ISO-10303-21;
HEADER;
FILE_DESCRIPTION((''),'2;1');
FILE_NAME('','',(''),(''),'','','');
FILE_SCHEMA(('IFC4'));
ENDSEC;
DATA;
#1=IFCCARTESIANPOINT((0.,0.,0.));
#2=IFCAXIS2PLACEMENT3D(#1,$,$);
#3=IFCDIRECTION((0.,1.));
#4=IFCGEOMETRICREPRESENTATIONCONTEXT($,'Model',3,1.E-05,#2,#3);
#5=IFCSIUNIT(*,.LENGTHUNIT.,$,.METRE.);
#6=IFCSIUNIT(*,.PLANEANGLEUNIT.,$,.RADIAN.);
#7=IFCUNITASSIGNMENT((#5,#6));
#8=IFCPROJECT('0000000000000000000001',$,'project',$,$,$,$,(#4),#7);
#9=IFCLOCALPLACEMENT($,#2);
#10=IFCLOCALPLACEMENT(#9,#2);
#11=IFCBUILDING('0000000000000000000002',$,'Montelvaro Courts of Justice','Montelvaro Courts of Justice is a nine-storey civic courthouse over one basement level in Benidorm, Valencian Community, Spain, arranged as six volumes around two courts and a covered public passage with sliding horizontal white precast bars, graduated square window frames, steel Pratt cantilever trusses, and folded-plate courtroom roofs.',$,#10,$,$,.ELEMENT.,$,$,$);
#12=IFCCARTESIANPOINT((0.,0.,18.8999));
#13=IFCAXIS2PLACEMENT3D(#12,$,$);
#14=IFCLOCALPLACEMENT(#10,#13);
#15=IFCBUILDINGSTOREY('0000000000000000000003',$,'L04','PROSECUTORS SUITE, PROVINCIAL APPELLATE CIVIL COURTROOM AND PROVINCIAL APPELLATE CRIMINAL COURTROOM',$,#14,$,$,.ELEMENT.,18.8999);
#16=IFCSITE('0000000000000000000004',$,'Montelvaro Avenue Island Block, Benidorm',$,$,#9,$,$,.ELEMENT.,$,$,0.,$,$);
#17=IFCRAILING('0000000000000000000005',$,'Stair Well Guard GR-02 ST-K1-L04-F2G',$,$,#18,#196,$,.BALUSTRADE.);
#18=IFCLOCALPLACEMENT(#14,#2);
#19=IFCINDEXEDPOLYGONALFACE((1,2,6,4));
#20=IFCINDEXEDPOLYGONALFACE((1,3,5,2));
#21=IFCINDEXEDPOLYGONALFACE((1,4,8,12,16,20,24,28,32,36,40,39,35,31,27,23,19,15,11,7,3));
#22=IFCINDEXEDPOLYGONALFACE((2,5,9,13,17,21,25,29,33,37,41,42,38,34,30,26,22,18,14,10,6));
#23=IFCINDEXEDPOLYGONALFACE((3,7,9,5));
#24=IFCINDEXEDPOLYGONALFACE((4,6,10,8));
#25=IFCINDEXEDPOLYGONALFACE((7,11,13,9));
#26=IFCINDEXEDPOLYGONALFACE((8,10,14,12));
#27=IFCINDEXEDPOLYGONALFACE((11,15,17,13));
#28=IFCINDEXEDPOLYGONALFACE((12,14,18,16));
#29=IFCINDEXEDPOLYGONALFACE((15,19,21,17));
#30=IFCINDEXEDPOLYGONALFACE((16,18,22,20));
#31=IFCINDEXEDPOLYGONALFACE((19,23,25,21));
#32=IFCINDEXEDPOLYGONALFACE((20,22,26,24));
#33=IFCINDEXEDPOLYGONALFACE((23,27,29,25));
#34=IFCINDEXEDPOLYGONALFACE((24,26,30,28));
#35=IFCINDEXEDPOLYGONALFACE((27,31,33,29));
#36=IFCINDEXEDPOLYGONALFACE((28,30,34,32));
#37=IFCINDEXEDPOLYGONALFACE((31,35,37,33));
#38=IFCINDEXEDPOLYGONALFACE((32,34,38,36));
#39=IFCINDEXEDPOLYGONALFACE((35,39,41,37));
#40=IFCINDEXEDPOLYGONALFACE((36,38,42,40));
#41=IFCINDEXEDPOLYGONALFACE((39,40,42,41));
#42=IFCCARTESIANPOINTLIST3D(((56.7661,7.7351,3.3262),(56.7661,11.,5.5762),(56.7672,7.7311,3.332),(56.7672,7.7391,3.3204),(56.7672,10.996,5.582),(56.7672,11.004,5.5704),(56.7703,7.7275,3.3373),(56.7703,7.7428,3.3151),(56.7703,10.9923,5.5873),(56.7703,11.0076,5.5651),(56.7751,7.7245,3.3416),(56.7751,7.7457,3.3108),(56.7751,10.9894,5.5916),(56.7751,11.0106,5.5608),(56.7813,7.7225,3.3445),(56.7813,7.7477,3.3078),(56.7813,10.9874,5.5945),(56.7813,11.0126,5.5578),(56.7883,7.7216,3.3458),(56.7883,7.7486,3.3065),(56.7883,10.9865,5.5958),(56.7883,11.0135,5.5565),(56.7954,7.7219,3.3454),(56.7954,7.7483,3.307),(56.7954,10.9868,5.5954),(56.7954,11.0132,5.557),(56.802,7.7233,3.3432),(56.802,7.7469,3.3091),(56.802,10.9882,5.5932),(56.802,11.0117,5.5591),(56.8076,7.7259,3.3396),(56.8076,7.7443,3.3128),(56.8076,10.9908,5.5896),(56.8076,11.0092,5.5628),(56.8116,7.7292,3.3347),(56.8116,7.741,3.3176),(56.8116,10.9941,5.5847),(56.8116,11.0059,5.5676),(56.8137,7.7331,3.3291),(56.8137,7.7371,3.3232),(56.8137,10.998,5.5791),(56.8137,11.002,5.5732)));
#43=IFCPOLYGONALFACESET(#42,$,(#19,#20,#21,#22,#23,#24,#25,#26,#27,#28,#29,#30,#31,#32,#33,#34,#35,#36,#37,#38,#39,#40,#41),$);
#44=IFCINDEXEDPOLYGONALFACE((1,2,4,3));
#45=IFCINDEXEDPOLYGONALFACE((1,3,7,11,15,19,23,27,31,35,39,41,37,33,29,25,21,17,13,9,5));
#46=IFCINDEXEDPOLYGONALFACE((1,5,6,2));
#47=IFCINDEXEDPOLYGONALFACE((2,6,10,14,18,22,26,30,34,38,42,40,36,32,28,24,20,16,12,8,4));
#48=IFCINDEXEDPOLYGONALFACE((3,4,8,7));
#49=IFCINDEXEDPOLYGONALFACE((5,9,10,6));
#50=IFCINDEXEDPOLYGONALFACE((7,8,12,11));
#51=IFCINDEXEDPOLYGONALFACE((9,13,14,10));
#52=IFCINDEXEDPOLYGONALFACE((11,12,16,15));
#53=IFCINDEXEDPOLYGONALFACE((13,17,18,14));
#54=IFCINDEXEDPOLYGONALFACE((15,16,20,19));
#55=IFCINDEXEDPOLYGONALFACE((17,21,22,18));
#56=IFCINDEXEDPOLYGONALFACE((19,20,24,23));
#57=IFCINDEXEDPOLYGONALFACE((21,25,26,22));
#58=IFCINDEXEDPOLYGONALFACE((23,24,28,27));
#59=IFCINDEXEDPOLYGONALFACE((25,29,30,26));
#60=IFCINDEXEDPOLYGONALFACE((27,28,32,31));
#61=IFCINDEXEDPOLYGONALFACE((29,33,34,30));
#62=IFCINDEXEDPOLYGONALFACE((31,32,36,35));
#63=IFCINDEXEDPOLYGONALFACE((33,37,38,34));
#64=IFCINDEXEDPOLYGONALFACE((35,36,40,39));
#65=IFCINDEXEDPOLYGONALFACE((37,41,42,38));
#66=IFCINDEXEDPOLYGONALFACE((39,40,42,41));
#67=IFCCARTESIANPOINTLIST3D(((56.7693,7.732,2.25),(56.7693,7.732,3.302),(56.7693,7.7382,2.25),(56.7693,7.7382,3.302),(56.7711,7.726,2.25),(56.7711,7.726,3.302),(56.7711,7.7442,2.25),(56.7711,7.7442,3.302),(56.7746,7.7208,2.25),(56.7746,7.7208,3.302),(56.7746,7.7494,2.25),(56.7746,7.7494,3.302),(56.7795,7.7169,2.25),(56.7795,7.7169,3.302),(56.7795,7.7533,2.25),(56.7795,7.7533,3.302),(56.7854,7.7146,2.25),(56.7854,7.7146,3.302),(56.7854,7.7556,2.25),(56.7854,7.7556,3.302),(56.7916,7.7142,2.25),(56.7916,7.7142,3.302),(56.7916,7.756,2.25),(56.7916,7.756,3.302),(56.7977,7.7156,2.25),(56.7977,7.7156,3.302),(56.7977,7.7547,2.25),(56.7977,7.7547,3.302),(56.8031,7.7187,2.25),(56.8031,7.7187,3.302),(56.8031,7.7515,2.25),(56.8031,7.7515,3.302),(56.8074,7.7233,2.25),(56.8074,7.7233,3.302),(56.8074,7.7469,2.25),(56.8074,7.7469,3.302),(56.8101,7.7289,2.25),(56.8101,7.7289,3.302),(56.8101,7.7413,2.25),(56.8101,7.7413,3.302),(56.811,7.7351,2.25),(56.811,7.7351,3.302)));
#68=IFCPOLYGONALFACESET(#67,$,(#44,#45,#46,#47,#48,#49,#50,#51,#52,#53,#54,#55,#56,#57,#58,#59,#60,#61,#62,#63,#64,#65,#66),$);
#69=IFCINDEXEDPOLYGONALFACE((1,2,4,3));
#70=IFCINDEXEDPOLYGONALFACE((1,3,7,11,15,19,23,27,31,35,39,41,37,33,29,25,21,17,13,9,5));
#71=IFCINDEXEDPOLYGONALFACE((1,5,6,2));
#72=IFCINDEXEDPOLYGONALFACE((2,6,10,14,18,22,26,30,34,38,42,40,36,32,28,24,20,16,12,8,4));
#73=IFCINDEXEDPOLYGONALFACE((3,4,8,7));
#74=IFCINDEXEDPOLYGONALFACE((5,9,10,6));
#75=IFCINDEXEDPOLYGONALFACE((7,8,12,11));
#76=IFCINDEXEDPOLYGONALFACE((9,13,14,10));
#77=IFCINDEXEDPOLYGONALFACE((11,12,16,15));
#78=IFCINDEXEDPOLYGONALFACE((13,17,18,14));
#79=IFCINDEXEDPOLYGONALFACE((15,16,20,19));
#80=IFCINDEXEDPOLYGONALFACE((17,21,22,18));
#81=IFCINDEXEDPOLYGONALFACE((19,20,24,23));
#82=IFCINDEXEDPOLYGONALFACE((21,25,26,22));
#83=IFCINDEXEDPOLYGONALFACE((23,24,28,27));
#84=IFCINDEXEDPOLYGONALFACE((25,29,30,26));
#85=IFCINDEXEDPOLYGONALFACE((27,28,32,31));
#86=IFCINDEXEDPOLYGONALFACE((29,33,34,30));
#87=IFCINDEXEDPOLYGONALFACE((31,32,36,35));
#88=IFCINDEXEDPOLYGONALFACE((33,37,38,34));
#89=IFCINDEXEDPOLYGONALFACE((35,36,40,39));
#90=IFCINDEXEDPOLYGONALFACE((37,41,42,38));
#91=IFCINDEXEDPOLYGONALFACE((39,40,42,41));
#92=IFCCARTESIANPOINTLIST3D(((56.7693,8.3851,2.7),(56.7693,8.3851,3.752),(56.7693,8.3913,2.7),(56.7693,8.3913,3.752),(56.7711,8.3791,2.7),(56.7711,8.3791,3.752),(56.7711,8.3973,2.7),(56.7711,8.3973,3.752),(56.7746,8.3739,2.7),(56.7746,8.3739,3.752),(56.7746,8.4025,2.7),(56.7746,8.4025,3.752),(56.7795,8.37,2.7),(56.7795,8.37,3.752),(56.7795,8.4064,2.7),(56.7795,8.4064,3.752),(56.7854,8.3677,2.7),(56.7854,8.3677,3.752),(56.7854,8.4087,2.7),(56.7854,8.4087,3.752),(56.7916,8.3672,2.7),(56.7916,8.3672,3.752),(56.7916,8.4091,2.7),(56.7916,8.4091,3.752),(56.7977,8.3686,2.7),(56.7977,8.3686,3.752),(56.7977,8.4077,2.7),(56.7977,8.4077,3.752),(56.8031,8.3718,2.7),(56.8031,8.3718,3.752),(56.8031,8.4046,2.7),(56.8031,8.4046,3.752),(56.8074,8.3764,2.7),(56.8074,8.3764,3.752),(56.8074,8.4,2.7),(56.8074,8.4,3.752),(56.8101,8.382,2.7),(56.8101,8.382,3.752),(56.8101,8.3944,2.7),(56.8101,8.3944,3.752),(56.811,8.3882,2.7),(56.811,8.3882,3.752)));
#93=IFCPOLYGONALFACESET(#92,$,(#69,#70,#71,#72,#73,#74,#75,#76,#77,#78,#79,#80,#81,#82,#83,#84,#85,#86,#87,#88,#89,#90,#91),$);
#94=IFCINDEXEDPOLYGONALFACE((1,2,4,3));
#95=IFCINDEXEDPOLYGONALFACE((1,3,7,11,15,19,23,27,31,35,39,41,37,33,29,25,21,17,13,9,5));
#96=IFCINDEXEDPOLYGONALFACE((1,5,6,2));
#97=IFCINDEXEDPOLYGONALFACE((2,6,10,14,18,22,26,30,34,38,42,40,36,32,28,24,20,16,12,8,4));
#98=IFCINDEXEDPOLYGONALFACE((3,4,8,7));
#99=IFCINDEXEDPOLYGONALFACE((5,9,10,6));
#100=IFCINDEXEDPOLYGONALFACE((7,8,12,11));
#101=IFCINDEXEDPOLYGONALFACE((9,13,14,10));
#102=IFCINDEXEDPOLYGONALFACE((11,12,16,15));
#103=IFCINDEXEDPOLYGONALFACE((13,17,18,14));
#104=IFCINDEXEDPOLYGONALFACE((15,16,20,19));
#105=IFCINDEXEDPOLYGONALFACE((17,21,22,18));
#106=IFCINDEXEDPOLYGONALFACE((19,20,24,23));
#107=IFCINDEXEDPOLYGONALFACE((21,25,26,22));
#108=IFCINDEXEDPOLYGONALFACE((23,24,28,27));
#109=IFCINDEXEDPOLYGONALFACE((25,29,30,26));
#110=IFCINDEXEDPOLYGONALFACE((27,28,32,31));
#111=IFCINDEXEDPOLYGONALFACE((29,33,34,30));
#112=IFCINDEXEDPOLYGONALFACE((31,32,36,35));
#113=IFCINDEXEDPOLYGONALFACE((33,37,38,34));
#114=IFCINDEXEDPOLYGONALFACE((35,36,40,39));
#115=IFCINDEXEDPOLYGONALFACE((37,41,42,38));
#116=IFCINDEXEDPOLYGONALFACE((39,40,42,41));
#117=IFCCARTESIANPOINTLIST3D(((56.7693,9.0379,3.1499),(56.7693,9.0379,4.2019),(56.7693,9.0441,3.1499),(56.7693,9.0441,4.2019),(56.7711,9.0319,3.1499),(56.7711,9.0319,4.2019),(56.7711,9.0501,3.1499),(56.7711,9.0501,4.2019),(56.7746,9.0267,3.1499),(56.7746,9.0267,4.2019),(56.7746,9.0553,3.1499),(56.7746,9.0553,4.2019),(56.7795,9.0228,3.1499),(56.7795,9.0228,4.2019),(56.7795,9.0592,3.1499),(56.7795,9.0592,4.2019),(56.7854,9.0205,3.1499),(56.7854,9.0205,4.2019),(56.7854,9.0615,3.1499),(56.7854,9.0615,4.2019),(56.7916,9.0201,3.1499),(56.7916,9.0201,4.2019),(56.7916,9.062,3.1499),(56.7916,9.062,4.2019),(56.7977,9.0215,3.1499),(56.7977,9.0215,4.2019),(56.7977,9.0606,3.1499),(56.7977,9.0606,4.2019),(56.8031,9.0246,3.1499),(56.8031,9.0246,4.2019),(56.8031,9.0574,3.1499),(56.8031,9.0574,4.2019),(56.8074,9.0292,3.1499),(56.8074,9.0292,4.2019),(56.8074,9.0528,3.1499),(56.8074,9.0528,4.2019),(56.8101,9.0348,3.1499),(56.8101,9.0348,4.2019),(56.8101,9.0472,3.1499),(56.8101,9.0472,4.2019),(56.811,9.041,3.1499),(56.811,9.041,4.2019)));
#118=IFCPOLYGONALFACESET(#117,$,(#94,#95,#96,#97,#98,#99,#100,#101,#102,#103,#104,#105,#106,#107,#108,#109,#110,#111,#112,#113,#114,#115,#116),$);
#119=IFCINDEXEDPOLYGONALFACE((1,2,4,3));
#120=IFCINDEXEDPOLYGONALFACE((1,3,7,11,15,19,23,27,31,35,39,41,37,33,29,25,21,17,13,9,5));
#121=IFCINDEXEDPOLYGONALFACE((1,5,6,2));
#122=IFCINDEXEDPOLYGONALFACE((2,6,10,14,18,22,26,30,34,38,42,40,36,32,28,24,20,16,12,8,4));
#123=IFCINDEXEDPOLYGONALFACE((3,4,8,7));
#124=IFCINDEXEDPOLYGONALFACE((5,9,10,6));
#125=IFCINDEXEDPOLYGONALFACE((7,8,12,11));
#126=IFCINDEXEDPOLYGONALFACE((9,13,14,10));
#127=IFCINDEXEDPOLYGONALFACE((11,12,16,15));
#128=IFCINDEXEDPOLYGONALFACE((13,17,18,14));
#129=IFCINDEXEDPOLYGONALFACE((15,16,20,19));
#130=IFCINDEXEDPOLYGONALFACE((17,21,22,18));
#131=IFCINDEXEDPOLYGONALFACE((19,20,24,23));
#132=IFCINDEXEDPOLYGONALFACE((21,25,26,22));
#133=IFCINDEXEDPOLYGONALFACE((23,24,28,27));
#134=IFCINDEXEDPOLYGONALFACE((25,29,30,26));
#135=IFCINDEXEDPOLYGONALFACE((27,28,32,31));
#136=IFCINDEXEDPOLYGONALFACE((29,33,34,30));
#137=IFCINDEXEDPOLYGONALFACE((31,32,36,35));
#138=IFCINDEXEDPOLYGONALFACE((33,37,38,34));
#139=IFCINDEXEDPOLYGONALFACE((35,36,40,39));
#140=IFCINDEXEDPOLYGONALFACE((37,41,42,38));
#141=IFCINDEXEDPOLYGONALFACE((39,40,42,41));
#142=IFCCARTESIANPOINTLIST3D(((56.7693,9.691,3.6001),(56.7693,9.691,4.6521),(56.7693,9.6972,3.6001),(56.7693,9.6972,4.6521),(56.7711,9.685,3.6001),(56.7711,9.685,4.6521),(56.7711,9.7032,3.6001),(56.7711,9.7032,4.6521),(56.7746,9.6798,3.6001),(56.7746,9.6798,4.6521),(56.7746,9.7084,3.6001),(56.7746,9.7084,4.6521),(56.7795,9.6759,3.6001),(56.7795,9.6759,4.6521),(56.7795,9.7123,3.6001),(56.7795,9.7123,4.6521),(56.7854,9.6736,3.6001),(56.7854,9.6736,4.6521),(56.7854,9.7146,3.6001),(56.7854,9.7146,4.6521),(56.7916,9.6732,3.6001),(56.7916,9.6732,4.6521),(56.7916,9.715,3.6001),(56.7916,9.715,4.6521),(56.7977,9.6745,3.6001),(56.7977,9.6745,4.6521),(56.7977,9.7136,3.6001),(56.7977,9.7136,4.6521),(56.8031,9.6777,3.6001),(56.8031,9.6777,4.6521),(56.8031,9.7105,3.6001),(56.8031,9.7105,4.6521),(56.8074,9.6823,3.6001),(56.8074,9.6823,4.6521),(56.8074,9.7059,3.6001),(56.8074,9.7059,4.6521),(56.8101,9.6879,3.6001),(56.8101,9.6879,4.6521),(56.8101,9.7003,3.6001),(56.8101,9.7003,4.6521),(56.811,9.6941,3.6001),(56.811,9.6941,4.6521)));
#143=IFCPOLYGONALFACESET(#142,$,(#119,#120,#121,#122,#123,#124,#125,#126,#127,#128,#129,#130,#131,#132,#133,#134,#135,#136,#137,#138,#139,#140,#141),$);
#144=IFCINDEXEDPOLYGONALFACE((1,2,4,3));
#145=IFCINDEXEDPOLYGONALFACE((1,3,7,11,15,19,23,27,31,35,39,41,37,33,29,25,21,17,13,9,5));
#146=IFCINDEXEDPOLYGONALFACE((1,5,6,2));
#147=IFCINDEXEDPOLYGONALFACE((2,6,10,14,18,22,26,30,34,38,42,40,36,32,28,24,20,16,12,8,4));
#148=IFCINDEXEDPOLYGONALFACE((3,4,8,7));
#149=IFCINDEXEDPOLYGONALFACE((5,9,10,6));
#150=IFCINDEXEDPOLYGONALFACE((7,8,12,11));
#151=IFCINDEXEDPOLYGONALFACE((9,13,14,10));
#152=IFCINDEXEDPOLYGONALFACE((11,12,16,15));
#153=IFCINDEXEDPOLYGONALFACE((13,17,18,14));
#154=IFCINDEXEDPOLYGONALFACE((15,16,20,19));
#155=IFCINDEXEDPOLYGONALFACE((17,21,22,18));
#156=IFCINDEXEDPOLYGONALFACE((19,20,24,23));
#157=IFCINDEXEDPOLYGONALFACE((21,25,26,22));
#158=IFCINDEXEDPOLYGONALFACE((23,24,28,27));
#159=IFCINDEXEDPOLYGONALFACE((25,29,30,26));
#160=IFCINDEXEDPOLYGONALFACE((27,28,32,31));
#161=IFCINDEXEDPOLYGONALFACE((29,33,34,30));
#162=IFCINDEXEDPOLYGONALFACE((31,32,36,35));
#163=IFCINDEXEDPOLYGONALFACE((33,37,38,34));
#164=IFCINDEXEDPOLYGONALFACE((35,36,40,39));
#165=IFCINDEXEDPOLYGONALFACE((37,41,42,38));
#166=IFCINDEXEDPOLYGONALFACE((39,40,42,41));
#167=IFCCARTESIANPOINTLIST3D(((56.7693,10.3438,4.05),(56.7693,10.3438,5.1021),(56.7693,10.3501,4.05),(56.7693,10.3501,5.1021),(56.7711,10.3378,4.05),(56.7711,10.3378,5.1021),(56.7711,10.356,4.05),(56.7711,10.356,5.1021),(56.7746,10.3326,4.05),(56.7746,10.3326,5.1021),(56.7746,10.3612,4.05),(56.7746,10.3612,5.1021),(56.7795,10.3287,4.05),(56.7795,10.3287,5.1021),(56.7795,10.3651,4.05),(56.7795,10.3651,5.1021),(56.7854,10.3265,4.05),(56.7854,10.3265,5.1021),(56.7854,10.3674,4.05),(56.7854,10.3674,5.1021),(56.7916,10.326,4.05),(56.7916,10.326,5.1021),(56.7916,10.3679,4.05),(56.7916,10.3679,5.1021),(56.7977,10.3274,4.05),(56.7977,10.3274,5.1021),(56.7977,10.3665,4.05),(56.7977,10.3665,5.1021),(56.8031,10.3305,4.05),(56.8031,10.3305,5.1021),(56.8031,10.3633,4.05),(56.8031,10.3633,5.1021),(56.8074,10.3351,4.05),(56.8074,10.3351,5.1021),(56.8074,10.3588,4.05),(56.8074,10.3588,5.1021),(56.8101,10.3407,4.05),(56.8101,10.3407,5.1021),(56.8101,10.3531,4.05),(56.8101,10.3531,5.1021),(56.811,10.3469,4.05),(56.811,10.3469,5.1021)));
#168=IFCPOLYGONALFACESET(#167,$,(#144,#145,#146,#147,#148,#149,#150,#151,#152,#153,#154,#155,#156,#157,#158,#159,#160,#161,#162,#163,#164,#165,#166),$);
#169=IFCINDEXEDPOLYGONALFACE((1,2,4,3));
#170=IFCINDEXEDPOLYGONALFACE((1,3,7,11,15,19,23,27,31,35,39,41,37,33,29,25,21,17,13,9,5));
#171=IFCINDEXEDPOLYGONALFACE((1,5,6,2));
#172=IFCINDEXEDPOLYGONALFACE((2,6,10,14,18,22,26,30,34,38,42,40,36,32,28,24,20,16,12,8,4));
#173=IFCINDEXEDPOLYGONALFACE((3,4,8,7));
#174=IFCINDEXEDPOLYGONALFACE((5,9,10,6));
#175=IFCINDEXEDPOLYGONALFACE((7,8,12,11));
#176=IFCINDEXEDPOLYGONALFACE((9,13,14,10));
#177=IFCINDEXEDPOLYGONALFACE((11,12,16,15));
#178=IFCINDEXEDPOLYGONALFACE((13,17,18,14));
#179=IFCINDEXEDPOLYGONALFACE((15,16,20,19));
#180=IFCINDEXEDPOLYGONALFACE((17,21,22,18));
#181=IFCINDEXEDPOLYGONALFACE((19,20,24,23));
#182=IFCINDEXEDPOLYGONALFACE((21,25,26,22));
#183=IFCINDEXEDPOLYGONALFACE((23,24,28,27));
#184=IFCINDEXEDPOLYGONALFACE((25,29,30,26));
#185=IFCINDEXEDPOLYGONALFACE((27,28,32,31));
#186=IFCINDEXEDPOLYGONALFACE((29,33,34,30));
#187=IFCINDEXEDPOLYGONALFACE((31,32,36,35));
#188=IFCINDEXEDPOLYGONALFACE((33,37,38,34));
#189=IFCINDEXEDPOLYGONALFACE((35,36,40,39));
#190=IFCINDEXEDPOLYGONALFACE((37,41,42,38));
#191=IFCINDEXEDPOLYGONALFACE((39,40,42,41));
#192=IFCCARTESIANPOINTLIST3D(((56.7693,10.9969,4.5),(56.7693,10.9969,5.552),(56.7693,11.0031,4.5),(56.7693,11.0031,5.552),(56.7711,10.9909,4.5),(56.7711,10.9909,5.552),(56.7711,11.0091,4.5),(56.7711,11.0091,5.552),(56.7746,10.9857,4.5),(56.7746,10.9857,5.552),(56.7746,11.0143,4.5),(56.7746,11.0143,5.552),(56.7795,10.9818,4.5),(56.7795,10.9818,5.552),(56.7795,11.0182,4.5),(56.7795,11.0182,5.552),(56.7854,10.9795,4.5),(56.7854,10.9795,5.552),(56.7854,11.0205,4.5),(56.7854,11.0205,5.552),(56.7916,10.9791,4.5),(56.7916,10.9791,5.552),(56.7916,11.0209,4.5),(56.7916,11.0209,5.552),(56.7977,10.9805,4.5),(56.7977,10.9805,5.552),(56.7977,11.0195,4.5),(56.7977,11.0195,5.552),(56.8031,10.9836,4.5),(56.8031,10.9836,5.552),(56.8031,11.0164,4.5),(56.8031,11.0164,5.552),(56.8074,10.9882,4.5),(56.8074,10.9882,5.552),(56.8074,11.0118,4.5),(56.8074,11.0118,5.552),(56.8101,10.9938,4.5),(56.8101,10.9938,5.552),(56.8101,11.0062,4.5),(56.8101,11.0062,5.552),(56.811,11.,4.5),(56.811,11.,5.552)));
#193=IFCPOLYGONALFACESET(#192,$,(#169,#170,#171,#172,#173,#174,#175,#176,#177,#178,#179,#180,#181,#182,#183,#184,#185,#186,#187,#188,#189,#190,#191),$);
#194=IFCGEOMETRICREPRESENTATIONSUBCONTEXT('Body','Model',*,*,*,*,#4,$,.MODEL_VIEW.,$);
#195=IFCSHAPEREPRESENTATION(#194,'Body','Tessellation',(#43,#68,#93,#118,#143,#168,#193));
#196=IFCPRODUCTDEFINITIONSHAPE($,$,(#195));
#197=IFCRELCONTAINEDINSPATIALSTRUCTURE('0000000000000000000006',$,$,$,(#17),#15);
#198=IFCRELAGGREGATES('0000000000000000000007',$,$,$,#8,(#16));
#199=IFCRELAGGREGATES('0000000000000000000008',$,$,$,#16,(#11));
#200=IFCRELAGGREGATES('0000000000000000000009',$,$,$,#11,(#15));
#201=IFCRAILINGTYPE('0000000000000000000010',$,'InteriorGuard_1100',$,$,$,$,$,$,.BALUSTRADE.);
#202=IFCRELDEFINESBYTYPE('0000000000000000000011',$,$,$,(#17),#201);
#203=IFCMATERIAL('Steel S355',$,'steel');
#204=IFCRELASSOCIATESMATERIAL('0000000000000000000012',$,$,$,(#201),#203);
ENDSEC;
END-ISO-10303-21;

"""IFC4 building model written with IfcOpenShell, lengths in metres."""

from ifc_helpers import new_model, si_unit, direction, frame, origin, origin_2d, place, context, subcontext, project, spatial, circle, extrude, material, type_object, element, save


model = new_model("IFC4")

# Units and contexts
model_context = context("Model", 3, precision=1e-05, world=origin(), true_north=direction((0.0, 1.0)))
body_context = subcontext(model_context, "Body", "Model", "MODEL_VIEW")
ifc_project = project(units=[si_unit("LENGTHUNIT", "METRE"), si_unit("PLANEANGLEUNIT", "RADIAN")], contexts=[model_context])

# Site, building, storey
site_placement = place(None, origin())
site = spatial("IfcSite", under=ifc_project, at=site_placement, Name="Montelvaro Avenue Island Block, Benidorm", CompositionType="ELEMENT", RefElevation=0.0)
building_placement = place(site_placement, origin())
building = spatial("IfcBuilding", under=site, at=building_placement, Name="Montelvaro Courts of Justice", Description="Montelvaro Courts of Justice is a nine-storey civic courthouse over one basement level in Benidorm, Valencian Community, Spain, arranged as six volumes around two courts and a covered public passage with sliding horizontal white precast bars, graduated square window frames, steel Pratt cantilever trusses, and folded-plate courtroom roofs.", CompositionType="ELEMENT")
storey_placement = place(building_placement, frame((0.0, 0.0, 18.8999)))
storey = spatial("IfcBuildingStorey", under=building, at=storey_placement, Name="L04", Description="PROSECUTORS SUITE, PROVINCIAL APPELLATE CIVIL COURTROOM AND PROVINCIAL APPELLATE CRIMINAL COURTROOM", CompositionType="ELEMENT", Elevation=18.8999)

# Shared definitions
ifc_material_1 = material(Name="Steel S355", Category="steel")

# Railing
railing_type_1 = type_object("IfcRailingType", Name="InteriorGuard_1100", PredefinedType="BALUSTRADE", material=ifc_material_1)
railing_1_placement = place(storey_placement, frame((56.79, 7.7351, 2.25)))
element("IfcRailing", 1, at=railing_1_placement, inside=storey, type_object=railing_type_1, Name="Stair Well Guard GR-02 ST-K1-L04-F2G", PredefinedType="BALUSTRADE", context=body_context, shape_type="SweptSolid", body=[
    extrude(circle(Radius=0.0239, at=origin_2d()), frame((0.0, 0.0, 1.0762), z_axis=(0.0, 0.823407, 0.567451), x_axis=(-1.0, 0.0, 0.0)), (0.0, 0.0, 1.0), 3.9651),
    extrude(circle(Radius=0.021, at=origin_2d()), origin(), (0.0, 0.0, 1.0), 1.052),
    extrude(circle(Radius=0.021, at=origin_2d()), frame((0.0, 0.6531, 0.45)), (0.0, 0.0, 1.0), 1.052),
    extrude(circle(Radius=0.021, at=origin_2d()), frame((0.0, 1.3059, 0.8999)), (0.0, 0.0, 1.0), 1.052),
    extrude(circle(Radius=0.021, at=origin_2d()), frame((0.0, 1.959, 1.3501)), (0.0, 0.0, 1.0), 1.052),
    extrude(circle(Radius=0.021, at=origin_2d()), frame((0.0, 2.6118, 1.8)), (0.0, 0.0, 1.0), 1.052),
    extrude(circle(Radius=0.021, at=origin_2d()), frame((0.0, 3.2649, 2.25)), (0.0, 0.0, 1.0), 1.052),
])

save(model, "model.ifc")
